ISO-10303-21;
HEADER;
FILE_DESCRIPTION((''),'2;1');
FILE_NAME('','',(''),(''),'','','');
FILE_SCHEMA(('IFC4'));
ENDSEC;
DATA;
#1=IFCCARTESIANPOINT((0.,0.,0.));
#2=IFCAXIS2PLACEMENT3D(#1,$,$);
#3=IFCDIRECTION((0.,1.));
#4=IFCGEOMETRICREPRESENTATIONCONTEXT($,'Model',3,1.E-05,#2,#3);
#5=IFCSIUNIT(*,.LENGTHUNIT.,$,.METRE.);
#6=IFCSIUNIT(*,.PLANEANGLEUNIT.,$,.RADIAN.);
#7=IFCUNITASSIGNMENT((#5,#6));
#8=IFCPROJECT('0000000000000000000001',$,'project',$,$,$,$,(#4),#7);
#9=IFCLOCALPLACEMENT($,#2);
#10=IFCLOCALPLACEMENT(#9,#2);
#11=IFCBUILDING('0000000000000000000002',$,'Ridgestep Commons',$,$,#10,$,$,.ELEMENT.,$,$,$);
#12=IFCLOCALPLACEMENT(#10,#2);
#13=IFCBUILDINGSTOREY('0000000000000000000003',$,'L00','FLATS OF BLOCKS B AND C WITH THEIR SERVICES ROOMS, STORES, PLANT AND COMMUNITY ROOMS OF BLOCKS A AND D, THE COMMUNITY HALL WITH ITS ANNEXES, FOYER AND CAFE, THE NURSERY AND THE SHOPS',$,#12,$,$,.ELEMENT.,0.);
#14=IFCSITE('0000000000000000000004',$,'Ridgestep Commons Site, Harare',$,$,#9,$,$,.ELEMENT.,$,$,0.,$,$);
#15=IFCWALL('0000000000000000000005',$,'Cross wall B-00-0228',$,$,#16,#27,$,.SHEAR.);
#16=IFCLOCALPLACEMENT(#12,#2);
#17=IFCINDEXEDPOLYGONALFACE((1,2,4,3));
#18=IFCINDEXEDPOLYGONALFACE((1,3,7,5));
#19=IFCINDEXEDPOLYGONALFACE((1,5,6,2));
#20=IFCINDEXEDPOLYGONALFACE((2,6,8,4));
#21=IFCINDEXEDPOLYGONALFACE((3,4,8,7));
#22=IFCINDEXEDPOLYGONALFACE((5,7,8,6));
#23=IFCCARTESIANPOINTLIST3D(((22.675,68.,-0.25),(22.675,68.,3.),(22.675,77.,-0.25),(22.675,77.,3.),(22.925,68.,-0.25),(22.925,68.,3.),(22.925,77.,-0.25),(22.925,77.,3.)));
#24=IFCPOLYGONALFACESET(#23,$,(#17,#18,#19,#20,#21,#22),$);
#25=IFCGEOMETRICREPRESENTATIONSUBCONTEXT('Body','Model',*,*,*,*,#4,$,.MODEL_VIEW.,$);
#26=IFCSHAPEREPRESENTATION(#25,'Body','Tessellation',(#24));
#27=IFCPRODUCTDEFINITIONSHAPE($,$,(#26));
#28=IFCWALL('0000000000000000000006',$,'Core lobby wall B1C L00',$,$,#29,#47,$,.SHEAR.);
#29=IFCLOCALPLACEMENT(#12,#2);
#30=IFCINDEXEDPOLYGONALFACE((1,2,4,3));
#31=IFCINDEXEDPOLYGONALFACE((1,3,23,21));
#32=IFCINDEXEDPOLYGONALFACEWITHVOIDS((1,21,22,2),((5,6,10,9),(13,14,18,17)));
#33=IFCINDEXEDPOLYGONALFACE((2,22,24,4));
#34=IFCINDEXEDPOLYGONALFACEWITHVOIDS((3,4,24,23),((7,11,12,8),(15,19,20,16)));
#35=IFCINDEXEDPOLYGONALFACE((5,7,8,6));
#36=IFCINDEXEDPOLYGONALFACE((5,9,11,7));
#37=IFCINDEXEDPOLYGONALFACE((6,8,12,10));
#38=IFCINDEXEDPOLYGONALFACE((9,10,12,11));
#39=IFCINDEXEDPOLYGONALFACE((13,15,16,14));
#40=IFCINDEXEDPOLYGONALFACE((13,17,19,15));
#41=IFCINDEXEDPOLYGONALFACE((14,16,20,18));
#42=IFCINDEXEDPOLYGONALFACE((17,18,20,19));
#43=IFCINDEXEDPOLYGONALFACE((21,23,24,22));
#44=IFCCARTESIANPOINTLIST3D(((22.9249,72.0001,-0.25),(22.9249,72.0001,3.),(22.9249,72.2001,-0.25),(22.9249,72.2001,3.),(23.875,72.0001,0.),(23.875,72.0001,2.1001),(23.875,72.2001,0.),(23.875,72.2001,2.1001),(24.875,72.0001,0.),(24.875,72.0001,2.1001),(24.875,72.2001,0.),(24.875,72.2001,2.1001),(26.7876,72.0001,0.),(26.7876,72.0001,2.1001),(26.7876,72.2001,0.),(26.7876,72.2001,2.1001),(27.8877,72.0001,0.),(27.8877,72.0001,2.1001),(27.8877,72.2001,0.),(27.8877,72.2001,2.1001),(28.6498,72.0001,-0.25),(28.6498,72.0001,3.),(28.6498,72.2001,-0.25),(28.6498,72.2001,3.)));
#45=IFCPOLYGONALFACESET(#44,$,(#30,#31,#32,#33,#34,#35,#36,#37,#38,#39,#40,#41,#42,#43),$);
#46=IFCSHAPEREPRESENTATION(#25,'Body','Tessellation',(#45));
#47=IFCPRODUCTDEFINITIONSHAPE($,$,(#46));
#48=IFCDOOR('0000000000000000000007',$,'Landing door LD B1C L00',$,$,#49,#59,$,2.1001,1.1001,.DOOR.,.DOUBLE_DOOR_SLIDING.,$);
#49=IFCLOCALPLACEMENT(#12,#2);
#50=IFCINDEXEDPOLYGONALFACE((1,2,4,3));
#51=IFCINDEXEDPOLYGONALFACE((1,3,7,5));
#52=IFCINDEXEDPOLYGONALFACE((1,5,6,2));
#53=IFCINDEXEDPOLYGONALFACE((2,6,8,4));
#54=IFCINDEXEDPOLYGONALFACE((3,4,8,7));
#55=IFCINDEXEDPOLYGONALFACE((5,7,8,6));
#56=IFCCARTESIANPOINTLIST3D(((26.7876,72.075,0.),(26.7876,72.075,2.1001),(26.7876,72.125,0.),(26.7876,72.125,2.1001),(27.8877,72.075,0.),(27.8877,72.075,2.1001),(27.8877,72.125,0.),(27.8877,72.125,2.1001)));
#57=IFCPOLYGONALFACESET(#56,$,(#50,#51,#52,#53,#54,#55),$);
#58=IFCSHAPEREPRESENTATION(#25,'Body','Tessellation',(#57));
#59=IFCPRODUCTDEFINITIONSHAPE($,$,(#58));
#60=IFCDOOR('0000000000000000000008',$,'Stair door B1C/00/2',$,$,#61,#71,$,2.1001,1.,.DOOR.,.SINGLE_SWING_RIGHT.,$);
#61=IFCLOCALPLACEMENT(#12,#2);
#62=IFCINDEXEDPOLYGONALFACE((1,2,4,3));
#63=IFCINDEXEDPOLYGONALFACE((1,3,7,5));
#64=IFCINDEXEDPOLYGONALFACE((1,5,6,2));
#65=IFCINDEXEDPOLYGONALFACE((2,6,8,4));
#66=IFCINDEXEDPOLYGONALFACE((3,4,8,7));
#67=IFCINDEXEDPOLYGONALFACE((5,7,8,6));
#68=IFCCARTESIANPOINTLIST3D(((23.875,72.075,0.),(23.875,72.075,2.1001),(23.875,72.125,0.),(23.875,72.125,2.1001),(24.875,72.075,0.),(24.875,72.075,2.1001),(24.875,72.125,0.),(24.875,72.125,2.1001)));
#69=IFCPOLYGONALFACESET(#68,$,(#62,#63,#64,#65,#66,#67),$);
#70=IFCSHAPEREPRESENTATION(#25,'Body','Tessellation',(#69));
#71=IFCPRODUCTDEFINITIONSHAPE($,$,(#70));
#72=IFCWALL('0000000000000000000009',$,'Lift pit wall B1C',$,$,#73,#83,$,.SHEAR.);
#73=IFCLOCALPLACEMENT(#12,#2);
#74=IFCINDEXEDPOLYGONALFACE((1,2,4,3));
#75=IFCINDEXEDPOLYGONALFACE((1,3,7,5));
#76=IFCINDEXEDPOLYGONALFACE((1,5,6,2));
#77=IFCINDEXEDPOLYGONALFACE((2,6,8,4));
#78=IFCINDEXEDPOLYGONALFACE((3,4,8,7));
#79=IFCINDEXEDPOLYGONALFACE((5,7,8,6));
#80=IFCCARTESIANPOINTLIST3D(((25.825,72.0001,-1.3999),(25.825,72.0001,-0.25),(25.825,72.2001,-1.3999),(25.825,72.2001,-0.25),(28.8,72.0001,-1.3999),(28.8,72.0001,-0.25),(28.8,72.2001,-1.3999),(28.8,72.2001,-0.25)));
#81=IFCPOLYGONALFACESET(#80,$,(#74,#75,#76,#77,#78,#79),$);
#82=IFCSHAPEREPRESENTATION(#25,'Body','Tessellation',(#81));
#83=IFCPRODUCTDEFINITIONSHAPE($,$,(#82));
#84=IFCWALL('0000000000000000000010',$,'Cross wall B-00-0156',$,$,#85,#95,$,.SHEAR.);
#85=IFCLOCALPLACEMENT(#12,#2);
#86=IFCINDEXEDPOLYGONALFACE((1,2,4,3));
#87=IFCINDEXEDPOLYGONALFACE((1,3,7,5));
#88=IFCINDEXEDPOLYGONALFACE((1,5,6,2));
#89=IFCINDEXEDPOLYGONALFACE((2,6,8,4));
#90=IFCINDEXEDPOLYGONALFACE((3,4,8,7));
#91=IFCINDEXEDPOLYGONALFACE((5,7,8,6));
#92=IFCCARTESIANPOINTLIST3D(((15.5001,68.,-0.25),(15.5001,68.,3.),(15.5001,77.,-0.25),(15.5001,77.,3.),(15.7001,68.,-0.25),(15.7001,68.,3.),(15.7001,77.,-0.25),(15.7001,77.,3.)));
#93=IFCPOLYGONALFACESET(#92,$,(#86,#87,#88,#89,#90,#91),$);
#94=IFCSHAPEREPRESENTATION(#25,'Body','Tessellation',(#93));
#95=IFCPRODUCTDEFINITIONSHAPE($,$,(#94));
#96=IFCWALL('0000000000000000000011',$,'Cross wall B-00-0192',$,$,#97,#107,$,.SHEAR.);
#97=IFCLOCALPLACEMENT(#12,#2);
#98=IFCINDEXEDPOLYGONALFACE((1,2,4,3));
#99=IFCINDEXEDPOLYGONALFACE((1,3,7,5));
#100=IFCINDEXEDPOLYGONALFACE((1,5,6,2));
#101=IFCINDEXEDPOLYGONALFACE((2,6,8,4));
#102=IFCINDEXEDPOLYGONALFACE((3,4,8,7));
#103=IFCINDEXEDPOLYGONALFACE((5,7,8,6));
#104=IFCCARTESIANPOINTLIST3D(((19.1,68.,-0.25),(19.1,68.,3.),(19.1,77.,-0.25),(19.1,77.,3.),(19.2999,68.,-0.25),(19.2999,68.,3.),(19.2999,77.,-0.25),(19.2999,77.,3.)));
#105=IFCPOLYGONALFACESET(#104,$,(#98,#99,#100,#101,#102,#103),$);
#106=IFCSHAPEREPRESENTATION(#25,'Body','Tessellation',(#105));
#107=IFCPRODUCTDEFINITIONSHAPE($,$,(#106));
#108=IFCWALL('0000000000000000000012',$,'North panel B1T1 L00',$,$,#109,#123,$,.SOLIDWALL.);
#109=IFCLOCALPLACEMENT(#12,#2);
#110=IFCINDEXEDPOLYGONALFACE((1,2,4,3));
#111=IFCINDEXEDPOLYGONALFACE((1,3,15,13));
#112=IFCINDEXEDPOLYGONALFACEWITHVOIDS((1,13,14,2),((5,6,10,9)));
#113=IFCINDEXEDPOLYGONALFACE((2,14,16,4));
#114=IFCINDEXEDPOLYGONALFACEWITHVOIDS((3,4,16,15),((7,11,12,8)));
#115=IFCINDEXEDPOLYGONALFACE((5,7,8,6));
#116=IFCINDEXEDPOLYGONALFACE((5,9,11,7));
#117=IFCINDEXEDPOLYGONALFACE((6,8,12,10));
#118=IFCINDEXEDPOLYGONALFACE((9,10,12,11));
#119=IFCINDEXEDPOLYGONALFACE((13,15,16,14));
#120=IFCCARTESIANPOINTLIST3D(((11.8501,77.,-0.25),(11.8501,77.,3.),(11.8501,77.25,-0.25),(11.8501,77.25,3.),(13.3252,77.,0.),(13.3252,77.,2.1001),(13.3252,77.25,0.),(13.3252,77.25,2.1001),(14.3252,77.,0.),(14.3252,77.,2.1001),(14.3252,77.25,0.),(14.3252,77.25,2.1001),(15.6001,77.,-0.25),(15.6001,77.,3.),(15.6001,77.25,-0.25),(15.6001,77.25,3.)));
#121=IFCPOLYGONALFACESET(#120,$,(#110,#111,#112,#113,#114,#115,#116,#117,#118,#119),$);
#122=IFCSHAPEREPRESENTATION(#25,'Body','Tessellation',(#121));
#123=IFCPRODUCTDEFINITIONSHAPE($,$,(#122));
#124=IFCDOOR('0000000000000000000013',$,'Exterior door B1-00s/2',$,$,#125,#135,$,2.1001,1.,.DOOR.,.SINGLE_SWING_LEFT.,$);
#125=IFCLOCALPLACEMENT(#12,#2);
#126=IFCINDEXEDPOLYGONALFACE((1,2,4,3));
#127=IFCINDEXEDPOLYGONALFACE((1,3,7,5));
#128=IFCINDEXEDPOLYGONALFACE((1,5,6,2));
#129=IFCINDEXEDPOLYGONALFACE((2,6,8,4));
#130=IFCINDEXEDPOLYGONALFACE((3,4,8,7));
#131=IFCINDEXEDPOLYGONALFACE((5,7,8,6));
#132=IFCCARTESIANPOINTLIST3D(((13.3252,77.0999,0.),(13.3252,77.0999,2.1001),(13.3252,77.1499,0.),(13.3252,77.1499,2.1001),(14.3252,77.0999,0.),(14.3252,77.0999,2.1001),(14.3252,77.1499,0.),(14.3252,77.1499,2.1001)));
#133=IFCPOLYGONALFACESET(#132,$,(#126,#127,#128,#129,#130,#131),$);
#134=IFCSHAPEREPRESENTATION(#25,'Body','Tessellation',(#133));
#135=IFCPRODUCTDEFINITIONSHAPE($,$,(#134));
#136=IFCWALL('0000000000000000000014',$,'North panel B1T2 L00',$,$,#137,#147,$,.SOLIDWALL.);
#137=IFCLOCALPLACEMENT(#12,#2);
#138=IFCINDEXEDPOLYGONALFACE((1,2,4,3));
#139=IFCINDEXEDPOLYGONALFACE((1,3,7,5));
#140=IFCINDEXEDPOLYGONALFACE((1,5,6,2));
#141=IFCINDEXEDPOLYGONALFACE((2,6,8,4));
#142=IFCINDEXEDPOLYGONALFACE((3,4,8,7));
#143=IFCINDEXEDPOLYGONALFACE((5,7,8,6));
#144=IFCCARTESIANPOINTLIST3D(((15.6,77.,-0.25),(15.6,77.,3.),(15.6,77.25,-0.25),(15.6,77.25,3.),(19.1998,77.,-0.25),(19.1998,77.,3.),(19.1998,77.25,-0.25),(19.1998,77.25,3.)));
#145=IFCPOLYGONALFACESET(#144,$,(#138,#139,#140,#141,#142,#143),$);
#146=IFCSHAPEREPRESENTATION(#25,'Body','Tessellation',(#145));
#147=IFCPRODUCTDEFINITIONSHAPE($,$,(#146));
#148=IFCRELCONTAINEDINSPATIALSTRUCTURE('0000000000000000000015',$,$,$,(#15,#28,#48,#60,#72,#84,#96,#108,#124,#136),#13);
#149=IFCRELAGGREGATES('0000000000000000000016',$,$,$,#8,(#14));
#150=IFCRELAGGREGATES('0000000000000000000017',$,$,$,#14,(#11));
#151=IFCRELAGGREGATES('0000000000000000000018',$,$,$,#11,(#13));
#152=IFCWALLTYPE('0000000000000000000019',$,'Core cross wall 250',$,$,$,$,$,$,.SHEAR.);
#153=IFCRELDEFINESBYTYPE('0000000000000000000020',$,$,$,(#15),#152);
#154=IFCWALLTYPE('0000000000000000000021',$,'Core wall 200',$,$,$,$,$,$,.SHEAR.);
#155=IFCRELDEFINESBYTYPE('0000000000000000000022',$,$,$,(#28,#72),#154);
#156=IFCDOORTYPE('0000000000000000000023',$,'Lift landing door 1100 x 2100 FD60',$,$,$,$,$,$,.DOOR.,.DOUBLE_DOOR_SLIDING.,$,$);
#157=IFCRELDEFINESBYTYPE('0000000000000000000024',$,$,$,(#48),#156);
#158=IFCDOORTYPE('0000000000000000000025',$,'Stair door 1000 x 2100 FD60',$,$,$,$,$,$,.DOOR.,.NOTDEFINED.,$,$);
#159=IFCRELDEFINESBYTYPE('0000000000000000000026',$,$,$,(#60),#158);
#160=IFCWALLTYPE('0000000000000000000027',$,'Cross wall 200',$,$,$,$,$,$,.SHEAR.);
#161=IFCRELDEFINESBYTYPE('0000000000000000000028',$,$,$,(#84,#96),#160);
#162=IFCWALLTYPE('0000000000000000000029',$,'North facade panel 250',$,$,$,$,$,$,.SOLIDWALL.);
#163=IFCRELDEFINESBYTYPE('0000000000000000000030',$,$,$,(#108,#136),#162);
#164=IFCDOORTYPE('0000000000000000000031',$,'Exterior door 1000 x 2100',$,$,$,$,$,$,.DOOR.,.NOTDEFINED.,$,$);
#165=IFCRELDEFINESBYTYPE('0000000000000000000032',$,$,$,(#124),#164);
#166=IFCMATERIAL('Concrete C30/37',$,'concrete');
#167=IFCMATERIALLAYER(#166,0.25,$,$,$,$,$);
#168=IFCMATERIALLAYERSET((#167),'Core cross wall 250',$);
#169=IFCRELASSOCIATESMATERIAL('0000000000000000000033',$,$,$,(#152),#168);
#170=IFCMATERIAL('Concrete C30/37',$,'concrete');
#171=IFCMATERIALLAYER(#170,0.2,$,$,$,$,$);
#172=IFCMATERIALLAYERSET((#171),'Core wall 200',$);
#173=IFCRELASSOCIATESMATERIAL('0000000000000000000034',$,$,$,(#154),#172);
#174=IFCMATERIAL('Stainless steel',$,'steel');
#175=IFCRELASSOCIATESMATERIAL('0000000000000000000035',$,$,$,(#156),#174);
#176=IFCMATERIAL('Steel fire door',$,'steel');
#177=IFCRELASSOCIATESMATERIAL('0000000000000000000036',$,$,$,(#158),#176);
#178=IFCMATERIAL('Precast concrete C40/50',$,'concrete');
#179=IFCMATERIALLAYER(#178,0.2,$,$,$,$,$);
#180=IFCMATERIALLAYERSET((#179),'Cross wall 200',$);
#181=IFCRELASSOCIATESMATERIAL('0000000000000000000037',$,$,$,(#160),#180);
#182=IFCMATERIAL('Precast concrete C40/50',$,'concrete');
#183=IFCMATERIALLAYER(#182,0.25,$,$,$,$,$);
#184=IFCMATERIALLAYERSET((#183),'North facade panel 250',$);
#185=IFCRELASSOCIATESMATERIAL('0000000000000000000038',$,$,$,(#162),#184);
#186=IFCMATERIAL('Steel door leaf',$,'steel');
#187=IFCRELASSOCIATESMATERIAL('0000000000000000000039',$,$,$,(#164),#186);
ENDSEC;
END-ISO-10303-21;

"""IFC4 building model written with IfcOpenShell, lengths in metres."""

from ifc_helpers import new_model, si_unit, direction, frame, frame_2d, origin, place, context, subcontext, project, spatial, rectangle, extrude, material, layer, layer_set, type_object, element, fill, save


model = new_model("IFC4")

# Units and contexts
model_context = context("Model", 3, precision=1e-05, world=origin(), true_north=direction((0.0, 1.0)))
body_context = subcontext(model_context, "Body", "Model", "MODEL_VIEW")
ifc_project = project(units=[si_unit("LENGTHUNIT", "METRE"), si_unit("PLANEANGLEUNIT", "RADIAN")], contexts=[model_context])

# Site, building, storey
site_placement = place(None, origin())
site = spatial("IfcSite", under=ifc_project, at=site_placement, Name="Ridgestep Commons Site, Harare", CompositionType="ELEMENT", RefElevation=0.0)
building_placement = place(site_placement, origin())
building = spatial("IfcBuilding", under=site, at=building_placement, Name="Ridgestep Commons", CompositionType="ELEMENT")
storey_placement = place(building_placement, origin())
storey = spatial("IfcBuildingStorey", under=building, at=storey_placement, Name="L00", Description="FLATS OF BLOCKS B AND C WITH THEIR SERVICES ROOMS, STORES, PLANT AND COMMUNITY ROOMS OF BLOCKS A AND D, THE COMMUNITY HALL WITH ITS ANNEXES, FOYER AND CAFE, THE NURSERY AND THE SHOPS", CompositionType="ELEMENT", Elevation=0.0)

# Wall
ifc_material_1 = material(Name="Concrete C30/37", Category="concrete")
ifc_layer_1 = layer(ifc_material_1, 0.25)
ifc_layer_set_1 = layer_set([ifc_layer_1], Name="Core cross wall 250")
wall_type_1 = type_object("IfcWallType", Name="Core cross wall 250", PredefinedType="SHEAR", material=ifc_layer_set_1)
wall_1_placement = place(storey_placement, frame((22.8, 68.0, -0.25), z_axis=(0.0, 0.0, 1.0), x_axis=(0.0, 1.0, 0.0)))
element("IfcWall", 1, at=wall_1_placement, inside=storey, type_object=wall_type_1, Name="Cross wall B-00-0228", PredefinedType="SHEAR", context=body_context, shape_type="SweptSolid", body=[
    extrude(rectangle(XDim=9.0, YDim=0.25, at=frame_2d((4.5, 0.0))), origin(), (0.0, 0.0, 1.0), 3.25),
])

# Wall, openings, doors
ifc_material_2 = material(Name="Concrete C30/37", Category="concrete")
ifc_layer_2 = layer(ifc_material_2, 0.2)
ifc_layer_set_2 = layer_set([ifc_layer_2], Name="Core wall 200")
wall_type_2 = type_object("IfcWallType", Name="Core wall 200", PredefinedType="SHEAR", material=ifc_layer_set_2)
wall_2_placement = place(storey_placement, frame((22.925, 72.1001, -0.25), z_axis=(0.0, 0.0, 1.0), x_axis=(1.0, 0.0, 0.0)))
wall_2 = element("IfcWall", 2, at=wall_2_placement, inside=storey, type_object=wall_type_2, Name="Core lobby wall B1C L00", PredefinedType="SHEAR", context=body_context, shape_type="SweptSolid", body=[
    extrude(rectangle(XDim=5.7249, YDim=0.2, at=frame_2d((2.8623, 0.0))), origin(), (0.0, 0.0, 1.0), 3.25),
])
opening_1_placement = place(wall_2_placement, frame((0.95, 0.0, 0.25)))
opening_1 = element("IfcOpeningElement", 3, at=opening_1_placement, cuts=wall_2, PredefinedType="OPENING", context=body_context, shape_type="SweptSolid", body=[
    extrude(rectangle(XDim=1.0, YDim=2.1001, at=frame_2d((0.5, 1.05))), frame((0.0, 0.1099, 0.0), z_axis=(0.0, -1.0, 0.0), x_axis=(1.0, 0.0, 0.0)), (0.0, 0.0, 1.0), 0.22),
])
opening_2_placement = place(wall_2_placement, frame((3.8625, 0.0, 0.25)))
opening_2 = element("IfcOpeningElement", 4, at=opening_2_placement, cuts=wall_2, PredefinedType="OPENING", context=body_context, shape_type="SweptSolid", body=[
    extrude(rectangle(XDim=1.1001, YDim=2.1001, at=frame_2d((0.55, 1.05))), frame((0.0, 0.1099, 0.0), z_axis=(0.0, -1.0, 0.0), x_axis=(1.0, 0.0, 0.0)), (0.0, 0.0, 1.0), 0.22),
])
ifc_material_3 = material(Name="Stainless steel", Category="steel")
door_type_1 = type_object("IfcDoorType", Name="Lift landing door 1100 x 2100 FD60", OperationType="DOUBLE_DOOR_SLIDING", PredefinedType="DOOR", material=ifc_material_3)
door_1_placement = place(opening_2_placement, origin())
door_1 = element("IfcDoor", 5, at=door_1_placement, inside=storey, type_object=door_type_1, Name="Landing door LD B1C L00", OperationType="DOUBLE_DOOR_SLIDING", OverallHeight=2.1001, OverallWidth=1.1001, PredefinedType="DOOR", context=body_context, shape_type="SweptSolid", body=[
    extrude(rectangle(XDim=1.1001, YDim=2.1001, at=frame_2d((0.55, 1.05))), frame((0.0, 0.0249, 0.0), z_axis=(0.0, -1.0, 0.0), x_axis=(1.0, 0.0, 0.0)), (0.0, 0.0, 1.0), 0.05),
])
fill(opening_2, door_1)
ifc_material_4 = material(Name="Steel fire door", Category="steel")
door_type_2 = type_object("IfcDoorType", Name="Stair door 1000 x 2100 FD60", OperationType="NOTDEFINED", PredefinedType="DOOR", material=ifc_material_4)
door_2_placement = place(opening_1_placement, origin())
door_2 = element("IfcDoor", 6, at=door_2_placement, inside=storey, type_object=door_type_2, Name="Stair door B1C/00/2", OperationType="SINGLE_SWING_RIGHT", OverallHeight=2.1001, OverallWidth=1.0, PredefinedType="DOOR", context=body_context, shape_type="SweptSolid", body=[
    extrude(rectangle(XDim=1.0, YDim=2.1001, at=frame_2d((0.5, 1.05))), frame((0.0, 0.0249, 0.0), z_axis=(0.0, -1.0, 0.0), x_axis=(1.0, 0.0, 0.0)), (0.0, 0.0, 1.0), 0.05),
])
fill(opening_1, door_2)

# Walls
wall_3_placement = place(storey_placement, frame((25.825, 72.1001, -1.3999), z_axis=(0.0, 0.0, 1.0), x_axis=(1.0, 0.0, 0.0)))
element("IfcWall", 7, at=wall_3_placement, inside=storey, type_object=wall_type_2, Name="Lift pit wall B1C", PredefinedType="SHEAR", context=body_context, shape_type="SweptSolid", body=[
    extrude(rectangle(XDim=2.9751, YDim=0.2, at=frame_2d((1.4875, 0.0))), origin(), (0.0, 0.0, 1.0), 1.1499),
])
ifc_material_5 = material(Name="Precast concrete C40/50", Category="concrete")
ifc_layer_3 = layer(ifc_material_5, 0.2)
ifc_layer_set_3 = layer_set([ifc_layer_3], Name="Cross wall 200")
wall_type_3 = type_object("IfcWallType", Name="Cross wall 200", PredefinedType="SHEAR", material=ifc_layer_set_3)
for number, where, z_axis, x_axis, name in (
    (8, (15.6001, 68.0, -0.25), (0.0, 0.0, 1.0), (0.0, 1.0, 0.0), "Cross wall B-00-0156"),
    (9, (19.2, 68.0, -0.25), (0.0, 0.0, 1.0), (0.0, 1.0, 0.0), "Cross wall B-00-0192"),
):
    element("IfcWall", number, at=place(storey_placement, frame(where, z_axis=z_axis, x_axis=x_axis)), inside=storey, type_object=wall_type_3, Name=name, PredefinedType="SHEAR", context=body_context, shape_type="SweptSolid", body=[
        extrude(rectangle(XDim=9.0, YDim=0.2, at=frame_2d((4.5, 0.0))), origin(), (0.0, 0.0, 1.0), 3.25),
    ])

# Wall, opening, door
ifc_material_6 = material(Name="Precast concrete C40/50", Category="concrete")
ifc_layer_4 = layer(ifc_material_6, 0.25)
ifc_layer_set_4 = layer_set([ifc_layer_4], Name="North facade panel 250")
wall_type_4 = type_object("IfcWallType", Name="North facade panel 250", PredefinedType="SOLIDWALL", material=ifc_layer_set_4)
wall_4_placement = place(storey_placement, frame((11.8501, 77.125, -0.25), z_axis=(0.0, 0.0, 1.0), x_axis=(1.0, 0.0, 0.0)))
wall_4 = element("IfcWall", 10, at=wall_4_placement, inside=storey, type_object=wall_type_4, Name="North panel B1T1 L00", PredefinedType="SOLIDWALL", context=body_context, shape_type="SweptSolid", body=[
    extrude(rectangle(XDim=3.75, YDim=0.25, at=frame_2d((1.875, 0.0))), origin(), (0.0, 0.0, 1.0), 3.25),
])
opening_3_placement = place(wall_4_placement, frame((1.4751, 0.0, 0.25)))
opening_3 = element("IfcOpeningElement", 11, at=opening_3_placement, cuts=wall_4, PredefinedType="OPENING", context=body_context, shape_type="SweptSolid", body=[
    extrude(rectangle(XDim=1.0, YDim=2.1001, at=frame_2d((0.5, 1.05))), frame((0.0, 0.135, 0.0), z_axis=(0.0, -1.0, 0.0), x_axis=(1.0, 0.0, 0.0)), (0.0, 0.0, 1.0), 0.27),
])
ifc_material_7 = material(Name="Steel door leaf", Category="steel")
door_type_3 = type_object("IfcDoorType", Name="Exterior door 1000 x 2100", OperationType="NOTDEFINED", PredefinedType="DOOR", material=ifc_material_7)
door_3_placement = place(opening_3_placement, origin())
door_3 = element("IfcDoor", 12, at=door_3_placement, inside=storey, type_object=door_type_3, Name="Exterior door B1-00s/2", OperationType="SINGLE_SWING_LEFT", OverallHeight=2.1001, OverallWidth=1.0, PredefinedType="DOOR", context=body_context, shape_type="SweptSolid", body=[
    extrude(rectangle(XDim=1.0, YDim=2.1001, at=frame_2d((0.5, 1.05))), frame((0.0, 0.0249, 0.0), z_axis=(0.0, -1.0, 0.0), x_axis=(1.0, 0.0, 0.0)), (0.0, 0.0, 1.0), 0.05),
])
fill(opening_3, door_3)

# Wall
wall_5_placement = place(storey_placement, frame((15.6001, 77.125, -0.25), z_axis=(0.0, 0.0, 1.0), x_axis=(1.0, 0.0, 0.0)))
element("IfcWall", 13, at=wall_5_placement, inside=storey, type_object=wall_type_4, Name="North panel B1T2 L00", PredefinedType="SOLIDWALL", context=body_context, shape_type="SweptSolid", body=[
    extrude(rectangle(XDim=3.5999, YDim=0.25, at=frame_2d((1.7998, 0.0))), origin(), (0.0, 0.0, 1.0), 3.25),
])

save(model, "model.ifc")
